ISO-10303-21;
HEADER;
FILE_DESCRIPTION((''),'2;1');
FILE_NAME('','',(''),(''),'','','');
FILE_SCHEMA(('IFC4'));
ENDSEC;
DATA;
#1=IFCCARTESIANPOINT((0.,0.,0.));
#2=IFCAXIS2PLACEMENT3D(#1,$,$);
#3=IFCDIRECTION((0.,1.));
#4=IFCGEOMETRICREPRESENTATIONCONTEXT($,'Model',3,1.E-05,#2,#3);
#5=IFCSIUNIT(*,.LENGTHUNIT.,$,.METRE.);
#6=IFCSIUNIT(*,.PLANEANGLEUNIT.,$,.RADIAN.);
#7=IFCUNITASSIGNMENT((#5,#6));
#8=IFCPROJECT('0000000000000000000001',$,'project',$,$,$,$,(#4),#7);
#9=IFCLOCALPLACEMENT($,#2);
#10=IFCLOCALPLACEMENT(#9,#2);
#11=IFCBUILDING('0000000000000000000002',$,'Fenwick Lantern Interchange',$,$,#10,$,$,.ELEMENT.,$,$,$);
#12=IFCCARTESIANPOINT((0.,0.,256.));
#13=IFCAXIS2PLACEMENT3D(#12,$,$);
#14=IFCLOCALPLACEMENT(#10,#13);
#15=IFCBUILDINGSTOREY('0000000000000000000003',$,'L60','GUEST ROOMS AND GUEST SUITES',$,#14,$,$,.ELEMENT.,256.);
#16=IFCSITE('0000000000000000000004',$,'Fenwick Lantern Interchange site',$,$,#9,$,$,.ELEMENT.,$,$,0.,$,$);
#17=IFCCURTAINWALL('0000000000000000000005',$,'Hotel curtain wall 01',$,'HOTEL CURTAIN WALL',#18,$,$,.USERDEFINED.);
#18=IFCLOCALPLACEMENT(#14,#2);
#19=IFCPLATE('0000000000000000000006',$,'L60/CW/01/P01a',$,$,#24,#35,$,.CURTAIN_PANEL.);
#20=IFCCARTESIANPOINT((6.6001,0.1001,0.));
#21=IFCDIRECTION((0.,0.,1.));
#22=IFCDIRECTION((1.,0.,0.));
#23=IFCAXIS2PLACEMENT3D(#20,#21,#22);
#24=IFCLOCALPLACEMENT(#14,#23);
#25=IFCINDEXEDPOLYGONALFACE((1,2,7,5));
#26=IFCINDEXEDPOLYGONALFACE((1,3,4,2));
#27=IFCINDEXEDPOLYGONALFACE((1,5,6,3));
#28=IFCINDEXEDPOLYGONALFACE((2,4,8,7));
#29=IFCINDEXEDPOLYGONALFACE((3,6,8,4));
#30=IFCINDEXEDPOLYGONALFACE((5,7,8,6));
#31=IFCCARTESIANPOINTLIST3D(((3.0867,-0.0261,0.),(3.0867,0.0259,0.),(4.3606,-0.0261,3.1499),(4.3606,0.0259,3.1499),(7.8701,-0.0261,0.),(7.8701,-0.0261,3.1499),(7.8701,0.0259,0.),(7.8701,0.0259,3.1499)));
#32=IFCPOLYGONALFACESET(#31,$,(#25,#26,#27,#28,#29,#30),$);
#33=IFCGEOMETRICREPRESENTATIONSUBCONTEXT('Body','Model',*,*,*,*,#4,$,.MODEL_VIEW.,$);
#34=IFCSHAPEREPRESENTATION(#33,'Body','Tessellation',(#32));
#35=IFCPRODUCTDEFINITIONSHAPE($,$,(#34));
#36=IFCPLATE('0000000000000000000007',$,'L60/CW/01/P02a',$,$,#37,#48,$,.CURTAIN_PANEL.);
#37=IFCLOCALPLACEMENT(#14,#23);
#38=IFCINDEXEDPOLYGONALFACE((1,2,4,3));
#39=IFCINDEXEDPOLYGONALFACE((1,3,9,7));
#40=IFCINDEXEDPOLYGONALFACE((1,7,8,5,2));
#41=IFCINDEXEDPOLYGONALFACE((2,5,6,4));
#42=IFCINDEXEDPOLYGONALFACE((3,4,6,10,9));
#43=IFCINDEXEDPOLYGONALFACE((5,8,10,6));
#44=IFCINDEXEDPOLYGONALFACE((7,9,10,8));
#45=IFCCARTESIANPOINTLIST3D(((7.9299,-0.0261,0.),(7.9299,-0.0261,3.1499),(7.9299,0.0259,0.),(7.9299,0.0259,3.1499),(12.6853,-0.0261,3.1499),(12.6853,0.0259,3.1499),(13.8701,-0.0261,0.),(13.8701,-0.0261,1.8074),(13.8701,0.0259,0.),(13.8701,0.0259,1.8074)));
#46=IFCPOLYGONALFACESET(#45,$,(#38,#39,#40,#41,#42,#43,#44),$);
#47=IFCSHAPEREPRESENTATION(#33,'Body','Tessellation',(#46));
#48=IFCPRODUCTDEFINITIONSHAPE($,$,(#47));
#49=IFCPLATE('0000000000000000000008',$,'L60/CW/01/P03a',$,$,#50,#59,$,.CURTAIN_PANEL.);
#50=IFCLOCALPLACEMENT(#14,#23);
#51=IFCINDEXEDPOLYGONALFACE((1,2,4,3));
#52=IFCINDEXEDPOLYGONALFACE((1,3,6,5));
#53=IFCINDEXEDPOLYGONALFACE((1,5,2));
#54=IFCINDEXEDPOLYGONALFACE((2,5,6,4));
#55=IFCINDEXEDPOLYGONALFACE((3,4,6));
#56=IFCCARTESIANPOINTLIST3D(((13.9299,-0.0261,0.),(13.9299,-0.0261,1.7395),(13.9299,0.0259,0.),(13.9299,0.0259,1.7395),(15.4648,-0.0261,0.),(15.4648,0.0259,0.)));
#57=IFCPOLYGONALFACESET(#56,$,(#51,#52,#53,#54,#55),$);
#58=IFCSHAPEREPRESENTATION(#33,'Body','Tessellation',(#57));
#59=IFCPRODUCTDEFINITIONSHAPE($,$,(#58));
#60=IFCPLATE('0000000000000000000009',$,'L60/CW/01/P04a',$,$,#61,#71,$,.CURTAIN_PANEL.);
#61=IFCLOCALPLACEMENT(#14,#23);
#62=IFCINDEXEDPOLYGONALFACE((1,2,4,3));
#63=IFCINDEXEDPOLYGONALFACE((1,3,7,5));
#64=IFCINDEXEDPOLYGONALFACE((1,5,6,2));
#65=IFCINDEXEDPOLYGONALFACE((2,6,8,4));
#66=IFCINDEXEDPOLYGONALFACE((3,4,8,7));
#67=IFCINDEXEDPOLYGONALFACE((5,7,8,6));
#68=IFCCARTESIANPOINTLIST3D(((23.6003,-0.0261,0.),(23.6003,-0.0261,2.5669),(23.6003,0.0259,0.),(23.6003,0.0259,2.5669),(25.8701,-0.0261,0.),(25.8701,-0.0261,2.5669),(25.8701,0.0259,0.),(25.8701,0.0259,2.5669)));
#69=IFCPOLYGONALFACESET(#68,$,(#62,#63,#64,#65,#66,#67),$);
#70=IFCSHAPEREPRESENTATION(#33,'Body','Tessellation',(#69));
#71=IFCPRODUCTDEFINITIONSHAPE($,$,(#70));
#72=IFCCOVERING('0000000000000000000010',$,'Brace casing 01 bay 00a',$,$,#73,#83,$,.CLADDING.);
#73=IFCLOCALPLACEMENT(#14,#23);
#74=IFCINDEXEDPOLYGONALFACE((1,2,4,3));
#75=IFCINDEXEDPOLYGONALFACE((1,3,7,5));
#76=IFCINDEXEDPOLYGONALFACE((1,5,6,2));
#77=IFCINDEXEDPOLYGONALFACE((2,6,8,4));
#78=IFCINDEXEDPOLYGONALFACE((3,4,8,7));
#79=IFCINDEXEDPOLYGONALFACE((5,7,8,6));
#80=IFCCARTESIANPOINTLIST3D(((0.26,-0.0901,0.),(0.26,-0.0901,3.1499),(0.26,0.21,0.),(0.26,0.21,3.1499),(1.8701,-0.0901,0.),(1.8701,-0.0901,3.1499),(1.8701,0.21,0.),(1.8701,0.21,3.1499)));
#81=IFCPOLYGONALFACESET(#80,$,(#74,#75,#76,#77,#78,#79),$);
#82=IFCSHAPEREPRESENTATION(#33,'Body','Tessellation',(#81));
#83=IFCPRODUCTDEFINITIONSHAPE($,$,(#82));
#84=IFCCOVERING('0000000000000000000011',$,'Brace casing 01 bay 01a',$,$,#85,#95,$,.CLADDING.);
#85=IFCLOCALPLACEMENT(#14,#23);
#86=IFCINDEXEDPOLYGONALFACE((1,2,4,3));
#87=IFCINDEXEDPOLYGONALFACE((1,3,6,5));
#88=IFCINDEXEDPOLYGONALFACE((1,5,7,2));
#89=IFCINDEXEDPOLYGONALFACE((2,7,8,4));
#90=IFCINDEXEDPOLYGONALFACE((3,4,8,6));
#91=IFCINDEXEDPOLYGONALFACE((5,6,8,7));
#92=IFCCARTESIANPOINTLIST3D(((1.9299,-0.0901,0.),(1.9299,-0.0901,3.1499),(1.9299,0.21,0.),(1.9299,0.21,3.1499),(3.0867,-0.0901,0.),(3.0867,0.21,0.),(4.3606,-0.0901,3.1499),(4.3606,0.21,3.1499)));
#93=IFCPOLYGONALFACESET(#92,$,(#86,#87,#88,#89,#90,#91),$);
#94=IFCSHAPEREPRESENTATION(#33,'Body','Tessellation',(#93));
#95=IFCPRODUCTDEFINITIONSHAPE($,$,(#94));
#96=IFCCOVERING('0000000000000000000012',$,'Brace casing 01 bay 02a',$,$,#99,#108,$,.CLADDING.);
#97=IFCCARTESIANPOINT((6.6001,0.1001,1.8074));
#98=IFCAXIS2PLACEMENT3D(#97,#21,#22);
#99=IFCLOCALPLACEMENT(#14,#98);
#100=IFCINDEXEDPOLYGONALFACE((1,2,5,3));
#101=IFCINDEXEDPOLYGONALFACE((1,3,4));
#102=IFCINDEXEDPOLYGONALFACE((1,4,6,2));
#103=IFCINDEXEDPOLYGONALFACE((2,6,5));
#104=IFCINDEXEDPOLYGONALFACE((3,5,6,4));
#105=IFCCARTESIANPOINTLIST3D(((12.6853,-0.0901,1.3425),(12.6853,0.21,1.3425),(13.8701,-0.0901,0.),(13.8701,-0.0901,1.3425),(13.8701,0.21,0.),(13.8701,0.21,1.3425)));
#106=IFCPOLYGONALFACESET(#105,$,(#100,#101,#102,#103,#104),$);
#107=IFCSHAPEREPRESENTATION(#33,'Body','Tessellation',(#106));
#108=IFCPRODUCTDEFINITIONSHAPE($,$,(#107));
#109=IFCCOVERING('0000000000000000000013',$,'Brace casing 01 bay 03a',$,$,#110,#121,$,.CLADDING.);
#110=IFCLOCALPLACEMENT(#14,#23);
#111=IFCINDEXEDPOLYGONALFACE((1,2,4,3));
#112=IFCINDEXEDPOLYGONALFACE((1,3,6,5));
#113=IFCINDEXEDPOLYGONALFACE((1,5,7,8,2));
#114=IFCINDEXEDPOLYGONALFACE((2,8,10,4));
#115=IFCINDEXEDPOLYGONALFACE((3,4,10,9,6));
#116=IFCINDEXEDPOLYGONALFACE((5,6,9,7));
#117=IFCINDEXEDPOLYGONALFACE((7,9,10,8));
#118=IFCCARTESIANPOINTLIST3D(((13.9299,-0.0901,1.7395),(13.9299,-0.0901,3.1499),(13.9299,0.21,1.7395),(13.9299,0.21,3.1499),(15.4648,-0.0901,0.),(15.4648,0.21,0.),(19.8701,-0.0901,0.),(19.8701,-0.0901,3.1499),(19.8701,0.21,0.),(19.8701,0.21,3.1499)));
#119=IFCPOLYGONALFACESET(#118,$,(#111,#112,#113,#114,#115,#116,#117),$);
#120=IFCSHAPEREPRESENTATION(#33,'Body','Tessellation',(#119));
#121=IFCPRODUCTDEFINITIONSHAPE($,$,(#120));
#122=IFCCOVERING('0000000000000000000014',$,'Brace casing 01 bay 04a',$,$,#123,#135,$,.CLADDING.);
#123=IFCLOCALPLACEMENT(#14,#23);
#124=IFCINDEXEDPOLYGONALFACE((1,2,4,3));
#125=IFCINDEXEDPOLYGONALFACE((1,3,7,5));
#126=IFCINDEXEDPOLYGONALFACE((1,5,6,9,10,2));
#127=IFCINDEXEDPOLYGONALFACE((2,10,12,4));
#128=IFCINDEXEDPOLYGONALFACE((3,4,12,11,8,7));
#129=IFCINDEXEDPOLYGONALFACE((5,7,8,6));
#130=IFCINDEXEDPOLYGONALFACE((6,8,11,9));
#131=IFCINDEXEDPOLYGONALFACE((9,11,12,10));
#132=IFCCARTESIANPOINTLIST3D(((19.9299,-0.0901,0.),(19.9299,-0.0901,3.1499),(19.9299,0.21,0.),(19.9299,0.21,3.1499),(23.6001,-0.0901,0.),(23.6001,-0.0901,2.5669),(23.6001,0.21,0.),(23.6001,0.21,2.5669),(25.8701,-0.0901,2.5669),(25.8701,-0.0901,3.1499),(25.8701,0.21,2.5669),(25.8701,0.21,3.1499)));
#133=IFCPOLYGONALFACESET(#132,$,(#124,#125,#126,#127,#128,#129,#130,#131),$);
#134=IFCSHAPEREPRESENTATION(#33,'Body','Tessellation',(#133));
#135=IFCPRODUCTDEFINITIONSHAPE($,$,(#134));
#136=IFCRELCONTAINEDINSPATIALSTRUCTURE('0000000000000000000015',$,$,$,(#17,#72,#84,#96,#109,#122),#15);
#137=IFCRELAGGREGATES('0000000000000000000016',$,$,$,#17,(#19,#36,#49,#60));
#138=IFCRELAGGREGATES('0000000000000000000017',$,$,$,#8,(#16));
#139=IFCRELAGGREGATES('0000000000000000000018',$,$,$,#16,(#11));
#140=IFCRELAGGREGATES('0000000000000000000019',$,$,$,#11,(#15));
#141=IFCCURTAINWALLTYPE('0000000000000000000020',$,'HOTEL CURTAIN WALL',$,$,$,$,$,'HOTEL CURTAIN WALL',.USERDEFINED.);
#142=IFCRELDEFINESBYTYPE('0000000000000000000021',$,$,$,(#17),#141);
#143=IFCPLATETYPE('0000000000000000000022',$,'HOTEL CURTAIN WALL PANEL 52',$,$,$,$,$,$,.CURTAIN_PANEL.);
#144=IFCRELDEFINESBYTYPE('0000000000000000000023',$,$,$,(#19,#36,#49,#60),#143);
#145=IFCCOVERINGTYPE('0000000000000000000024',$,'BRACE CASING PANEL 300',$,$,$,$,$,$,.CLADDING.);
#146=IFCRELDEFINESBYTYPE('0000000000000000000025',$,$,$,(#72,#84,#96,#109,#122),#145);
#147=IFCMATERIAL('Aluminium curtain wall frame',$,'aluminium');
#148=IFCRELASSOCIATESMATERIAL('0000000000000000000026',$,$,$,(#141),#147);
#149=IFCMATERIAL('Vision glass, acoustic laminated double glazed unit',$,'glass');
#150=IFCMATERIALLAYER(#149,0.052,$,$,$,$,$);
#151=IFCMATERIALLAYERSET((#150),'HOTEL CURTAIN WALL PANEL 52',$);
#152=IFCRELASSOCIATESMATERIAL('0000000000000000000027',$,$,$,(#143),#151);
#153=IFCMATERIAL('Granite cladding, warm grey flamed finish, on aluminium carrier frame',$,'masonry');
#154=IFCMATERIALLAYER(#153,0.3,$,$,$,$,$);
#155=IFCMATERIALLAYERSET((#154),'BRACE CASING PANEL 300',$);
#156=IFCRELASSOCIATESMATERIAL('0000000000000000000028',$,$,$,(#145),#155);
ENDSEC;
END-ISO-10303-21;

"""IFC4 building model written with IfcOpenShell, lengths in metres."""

from ifc_helpers import new_model, si_unit, direction, frame, origin, place, context, subcontext, project, spatial, polyline, outline, extrude, material, layer, layer_set, type_object, element, aggregate, save


model = new_model("IFC4")

# Units and contexts
model_context = context("Model", 3, precision=1e-05, world=origin(), true_north=direction((0.0, 1.0)))
body_context = subcontext(model_context, "Body", "Model", "MODEL_VIEW")
ifc_project = project(units=[si_unit("LENGTHUNIT", "METRE"), si_unit("PLANEANGLEUNIT", "RADIAN")], contexts=[model_context])

# Site, building, storey
site_placement = place(None, origin())
site = spatial("IfcSite", under=ifc_project, at=site_placement, Name="Fenwick Lantern Interchange site", CompositionType="ELEMENT", RefElevation=0.0)
building_placement = place(site_placement, origin())
building = spatial("IfcBuilding", under=site, at=building_placement, Name="Fenwick Lantern Interchange", CompositionType="ELEMENT")
storey_placement = place(building_placement, frame((0.0, 0.0, 256.0)))
storey = spatial("IfcBuildingStorey", under=building, at=storey_placement, Name="L60", Description="GUEST ROOMS AND GUEST SUITES", CompositionType="ELEMENT", Elevation=256.0)

# Curtain wall, plates
ifc_material_1 = material(Name="Aluminium curtain wall frame", Category="aluminium")
curtain_wall_type = type_object("IfcCurtainWallType", Name="HOTEL CURTAIN WALL", ElementType="HOTEL CURTAIN WALL", PredefinedType="USERDEFINED", material=ifc_material_1)
curtain_wall_placement = place(storey_placement, origin())
curtain_wall = element("IfcCurtainWall", 1, at=curtain_wall_placement, inside=storey, type_object=curtain_wall_type, Name="Hotel curtain wall 01", ObjectType="HOTEL CURTAIN WALL", PredefinedType="USERDEFINED")
ifc_material_2 = material(Name="Vision glass, acoustic laminated double glazed unit", Category="glass")
ifc_layer_1 = layer(ifc_material_2, 0.052)
ifc_layer_set_1 = layer_set([ifc_layer_1], Name="HOTEL CURTAIN WALL PANEL 52")
plate_type = type_object("IfcPlateType", Name="HOTEL CURTAIN WALL PANEL 52", PredefinedType="CURTAIN_PANEL", material=ifc_layer_set_1)
plate_1_placement = place(storey_placement, frame((6.6001, 0.1001, 0.0), z_axis=(0.0, 0.0, 1.0), x_axis=(1.0, 0.0, 0.0)))
plate_1 = element("IfcPlate", 2, at=plate_1_placement, type_object=plate_type, Name="L60/CW/01/P01a", PredefinedType="CURTAIN_PANEL", context=body_context, shape_type="SweptSolid", body=[
    extrude(outline(polyline([(3.0867, 0.0), (7.8701, 0.0), (7.8701, 3.1499), (4.3606, 3.1499), (3.0867, 0.0)])), frame((0.0, 0.0259, 0.0), z_axis=(0.0, -1.0, 0.0), x_axis=(1.0, 0.0, 0.0)), (0.0, 0.0, 1.0), 0.052),
])
plate_2_placement = place(storey_placement, frame((6.6001, 0.1001, 0.0), z_axis=(0.0, 0.0, 1.0), x_axis=(1.0, 0.0, 0.0)))
plate_2 = element("IfcPlate", 3, at=plate_2_placement, type_object=plate_type, Name="L60/CW/01/P02a", PredefinedType="CURTAIN_PANEL", context=body_context, shape_type="SweptSolid", body=[
    extrude(outline(polyline([(7.9299, 0.0), (13.8701, 0.0), (13.8701, 1.8074), (12.6853, 3.1499), (7.9299, 3.1499), (7.9299, 0.0)])), frame((0.0, 0.0259, 0.0), z_axis=(0.0, -1.0, 0.0), x_axis=(1.0, 0.0, 0.0)), (0.0, 0.0, 1.0), 0.052),
])
plate_3_placement = place(storey_placement, frame((6.6001, 0.1001, 0.0), z_axis=(0.0, 0.0, 1.0), x_axis=(1.0, 0.0, 0.0)))
plate_3 = element("IfcPlate", 4, at=plate_3_placement, type_object=plate_type, Name="L60/CW/01/P03a", PredefinedType="CURTAIN_PANEL", context=body_context, shape_type="SweptSolid", body=[
    extrude(outline(polyline([(13.9299, 0.0), (15.4648, 0.0), (13.9299, 1.7395), (13.9299, 0.0)])), frame((0.0, 0.0259, 0.0), z_axis=(0.0, -1.0, 0.0), x_axis=(1.0, 0.0, 0.0)), (0.0, 0.0, 1.0), 0.052),
])
plate_4_placement = place(storey_placement, frame((6.6001, 0.1001, 0.0), z_axis=(0.0, 0.0, 1.0), x_axis=(1.0, 0.0, 0.0)))
plate_4 = element("IfcPlate", 5, at=plate_4_placement, type_object=plate_type, Name="L60/CW/01/P04a", PredefinedType="CURTAIN_PANEL", context=body_context, shape_type="SweptSolid", body=[
    extrude(outline(polyline([(23.6003, 0.0), (25.8701, 0.0), (25.8701, 2.5669), (23.6003, 2.5669), (23.6003, 0.0)])), frame((0.0, 0.0259, 0.0), z_axis=(0.0, -1.0, 0.0), x_axis=(1.0, 0.0, 0.0)), (0.0, 0.0, 1.0), 0.052),
])
aggregate(curtain_wall, [plate_1, plate_2, plate_3, plate_4])

# Coverings
ifc_material_3 = material(Name="Granite cladding, warm grey flamed finish, on aluminium carrier frame", Category="masonry")
ifc_layer_2 = layer(ifc_material_3, 0.3)
ifc_layer_set_2 = layer_set([ifc_layer_2], Name="BRACE CASING PANEL 300")
covering_type_1 = type_object("IfcCoveringType", Name="BRACE CASING PANEL 300", PredefinedType="CLADDING", material=ifc_layer_set_2)
covering_1_placement = place(storey_placement, frame((6.6001, 0.1001, 0.0), z_axis=(0.0, 0.0, 1.0), x_axis=(1.0, 0.0, 0.0)))
element("IfcCovering", 6, at=covering_1_placement, inside=storey, type_object=covering_type_1, Name="Brace casing 01 bay 00a", PredefinedType="CLADDING", context=body_context, shape_type="SweptSolid", body=[
    extrude(outline(polyline([(0.26, 0.0), (1.8701, 0.0), (1.8701, 3.1499), (0.26, 3.1499), (0.26, 0.0)])), frame((0.0, 0.21, 0.0), z_axis=(0.0, -1.0, 0.0), x_axis=(1.0, 0.0, 0.0)), (0.0, 0.0, 1.0), 0.3),
])
covering_2_placement = place(storey_placement, frame((6.6001, 0.1001, 0.0), z_axis=(0.0, 0.0, 1.0), x_axis=(1.0, 0.0, 0.0)))
element("IfcCovering", 7, at=covering_2_placement, inside=storey, type_object=covering_type_1, Name="Brace casing 01 bay 01a", PredefinedType="CLADDING", context=body_context, shape_type="SweptSolid", body=[
    extrude(outline(polyline([(1.9299, 0.0), (3.0867, 0.0), (4.3606, 3.1499), (1.9299, 3.1499), (1.9299, 0.0)])), frame((0.0, 0.21, 0.0), z_axis=(0.0, -1.0, 0.0), x_axis=(1.0, 0.0, 0.0)), (0.0, 0.0, 1.0), 0.3),
])
covering_3_placement = place(storey_placement, frame((6.6001, 0.1001, 1.8074), z_axis=(0.0, 0.0, 1.0), x_axis=(1.0, 0.0, 0.0)))
element("IfcCovering", 8, at=covering_3_placement, inside=storey, type_object=covering_type_1, Name="Brace casing 01 bay 02a", PredefinedType="CLADDING", context=body_context, shape_type="SweptSolid", body=[
    extrude(outline(polyline([(13.8701, 0.0), (13.8701, 1.3425), (12.6853, 1.3425), (13.8701, 0.0)])), frame((0.0, 0.21, 0.0), z_axis=(0.0, -1.0, 0.0), x_axis=(1.0, 0.0, 0.0)), (0.0, 0.0, 1.0), 0.3),
])
covering_4_placement = place(storey_placement, frame((6.6001, 0.1001, 0.0), z_axis=(0.0, 0.0, 1.0), x_axis=(1.0, 0.0, 0.0)))
element("IfcCovering", 9, at=covering_4_placement, inside=storey, type_object=covering_type_1, Name="Brace casing 01 bay 03a", PredefinedType="CLADDING", context=body_context, shape_type="SweptSolid", body=[
    extrude(outline(polyline([(15.4648, 0.0), (19.8701, 0.0), (19.8701, 3.1499), (13.9299, 3.1499), (13.9299, 1.7395), (15.4648, 0.0)])), frame((0.0, 0.21, 0.0), z_axis=(0.0, -1.0, 0.0), x_axis=(1.0, 0.0, 0.0)), (0.0, 0.0, 1.0), 0.3),
])
covering_5_placement = place(storey_placement, frame((6.6001, 0.1001, 0.0), z_axis=(0.0, 0.0, 1.0), x_axis=(1.0, 0.0, 0.0)))
element("IfcCovering", 10, at=covering_5_placement, inside=storey, type_object=covering_type_1, Name="Brace casing 01 bay 04a", PredefinedType="CLADDING", context=body_context, shape_type="SweptSolid", body=[
    extrude(outline(polyline([(19.9299, 0.0), (23.6001, 0.0), (23.6001, 2.5669), (25.8701, 2.5669), (25.8701, 3.1499), (19.9299, 3.1499), (19.9299, 0.0)])), frame((0.0, 0.21, 0.0), z_axis=(0.0, -1.0, 0.0), x_axis=(1.0, 0.0, 0.0)), (0.0, 0.0, 1.0), 0.3),
])

save(model, "model.ifc")
